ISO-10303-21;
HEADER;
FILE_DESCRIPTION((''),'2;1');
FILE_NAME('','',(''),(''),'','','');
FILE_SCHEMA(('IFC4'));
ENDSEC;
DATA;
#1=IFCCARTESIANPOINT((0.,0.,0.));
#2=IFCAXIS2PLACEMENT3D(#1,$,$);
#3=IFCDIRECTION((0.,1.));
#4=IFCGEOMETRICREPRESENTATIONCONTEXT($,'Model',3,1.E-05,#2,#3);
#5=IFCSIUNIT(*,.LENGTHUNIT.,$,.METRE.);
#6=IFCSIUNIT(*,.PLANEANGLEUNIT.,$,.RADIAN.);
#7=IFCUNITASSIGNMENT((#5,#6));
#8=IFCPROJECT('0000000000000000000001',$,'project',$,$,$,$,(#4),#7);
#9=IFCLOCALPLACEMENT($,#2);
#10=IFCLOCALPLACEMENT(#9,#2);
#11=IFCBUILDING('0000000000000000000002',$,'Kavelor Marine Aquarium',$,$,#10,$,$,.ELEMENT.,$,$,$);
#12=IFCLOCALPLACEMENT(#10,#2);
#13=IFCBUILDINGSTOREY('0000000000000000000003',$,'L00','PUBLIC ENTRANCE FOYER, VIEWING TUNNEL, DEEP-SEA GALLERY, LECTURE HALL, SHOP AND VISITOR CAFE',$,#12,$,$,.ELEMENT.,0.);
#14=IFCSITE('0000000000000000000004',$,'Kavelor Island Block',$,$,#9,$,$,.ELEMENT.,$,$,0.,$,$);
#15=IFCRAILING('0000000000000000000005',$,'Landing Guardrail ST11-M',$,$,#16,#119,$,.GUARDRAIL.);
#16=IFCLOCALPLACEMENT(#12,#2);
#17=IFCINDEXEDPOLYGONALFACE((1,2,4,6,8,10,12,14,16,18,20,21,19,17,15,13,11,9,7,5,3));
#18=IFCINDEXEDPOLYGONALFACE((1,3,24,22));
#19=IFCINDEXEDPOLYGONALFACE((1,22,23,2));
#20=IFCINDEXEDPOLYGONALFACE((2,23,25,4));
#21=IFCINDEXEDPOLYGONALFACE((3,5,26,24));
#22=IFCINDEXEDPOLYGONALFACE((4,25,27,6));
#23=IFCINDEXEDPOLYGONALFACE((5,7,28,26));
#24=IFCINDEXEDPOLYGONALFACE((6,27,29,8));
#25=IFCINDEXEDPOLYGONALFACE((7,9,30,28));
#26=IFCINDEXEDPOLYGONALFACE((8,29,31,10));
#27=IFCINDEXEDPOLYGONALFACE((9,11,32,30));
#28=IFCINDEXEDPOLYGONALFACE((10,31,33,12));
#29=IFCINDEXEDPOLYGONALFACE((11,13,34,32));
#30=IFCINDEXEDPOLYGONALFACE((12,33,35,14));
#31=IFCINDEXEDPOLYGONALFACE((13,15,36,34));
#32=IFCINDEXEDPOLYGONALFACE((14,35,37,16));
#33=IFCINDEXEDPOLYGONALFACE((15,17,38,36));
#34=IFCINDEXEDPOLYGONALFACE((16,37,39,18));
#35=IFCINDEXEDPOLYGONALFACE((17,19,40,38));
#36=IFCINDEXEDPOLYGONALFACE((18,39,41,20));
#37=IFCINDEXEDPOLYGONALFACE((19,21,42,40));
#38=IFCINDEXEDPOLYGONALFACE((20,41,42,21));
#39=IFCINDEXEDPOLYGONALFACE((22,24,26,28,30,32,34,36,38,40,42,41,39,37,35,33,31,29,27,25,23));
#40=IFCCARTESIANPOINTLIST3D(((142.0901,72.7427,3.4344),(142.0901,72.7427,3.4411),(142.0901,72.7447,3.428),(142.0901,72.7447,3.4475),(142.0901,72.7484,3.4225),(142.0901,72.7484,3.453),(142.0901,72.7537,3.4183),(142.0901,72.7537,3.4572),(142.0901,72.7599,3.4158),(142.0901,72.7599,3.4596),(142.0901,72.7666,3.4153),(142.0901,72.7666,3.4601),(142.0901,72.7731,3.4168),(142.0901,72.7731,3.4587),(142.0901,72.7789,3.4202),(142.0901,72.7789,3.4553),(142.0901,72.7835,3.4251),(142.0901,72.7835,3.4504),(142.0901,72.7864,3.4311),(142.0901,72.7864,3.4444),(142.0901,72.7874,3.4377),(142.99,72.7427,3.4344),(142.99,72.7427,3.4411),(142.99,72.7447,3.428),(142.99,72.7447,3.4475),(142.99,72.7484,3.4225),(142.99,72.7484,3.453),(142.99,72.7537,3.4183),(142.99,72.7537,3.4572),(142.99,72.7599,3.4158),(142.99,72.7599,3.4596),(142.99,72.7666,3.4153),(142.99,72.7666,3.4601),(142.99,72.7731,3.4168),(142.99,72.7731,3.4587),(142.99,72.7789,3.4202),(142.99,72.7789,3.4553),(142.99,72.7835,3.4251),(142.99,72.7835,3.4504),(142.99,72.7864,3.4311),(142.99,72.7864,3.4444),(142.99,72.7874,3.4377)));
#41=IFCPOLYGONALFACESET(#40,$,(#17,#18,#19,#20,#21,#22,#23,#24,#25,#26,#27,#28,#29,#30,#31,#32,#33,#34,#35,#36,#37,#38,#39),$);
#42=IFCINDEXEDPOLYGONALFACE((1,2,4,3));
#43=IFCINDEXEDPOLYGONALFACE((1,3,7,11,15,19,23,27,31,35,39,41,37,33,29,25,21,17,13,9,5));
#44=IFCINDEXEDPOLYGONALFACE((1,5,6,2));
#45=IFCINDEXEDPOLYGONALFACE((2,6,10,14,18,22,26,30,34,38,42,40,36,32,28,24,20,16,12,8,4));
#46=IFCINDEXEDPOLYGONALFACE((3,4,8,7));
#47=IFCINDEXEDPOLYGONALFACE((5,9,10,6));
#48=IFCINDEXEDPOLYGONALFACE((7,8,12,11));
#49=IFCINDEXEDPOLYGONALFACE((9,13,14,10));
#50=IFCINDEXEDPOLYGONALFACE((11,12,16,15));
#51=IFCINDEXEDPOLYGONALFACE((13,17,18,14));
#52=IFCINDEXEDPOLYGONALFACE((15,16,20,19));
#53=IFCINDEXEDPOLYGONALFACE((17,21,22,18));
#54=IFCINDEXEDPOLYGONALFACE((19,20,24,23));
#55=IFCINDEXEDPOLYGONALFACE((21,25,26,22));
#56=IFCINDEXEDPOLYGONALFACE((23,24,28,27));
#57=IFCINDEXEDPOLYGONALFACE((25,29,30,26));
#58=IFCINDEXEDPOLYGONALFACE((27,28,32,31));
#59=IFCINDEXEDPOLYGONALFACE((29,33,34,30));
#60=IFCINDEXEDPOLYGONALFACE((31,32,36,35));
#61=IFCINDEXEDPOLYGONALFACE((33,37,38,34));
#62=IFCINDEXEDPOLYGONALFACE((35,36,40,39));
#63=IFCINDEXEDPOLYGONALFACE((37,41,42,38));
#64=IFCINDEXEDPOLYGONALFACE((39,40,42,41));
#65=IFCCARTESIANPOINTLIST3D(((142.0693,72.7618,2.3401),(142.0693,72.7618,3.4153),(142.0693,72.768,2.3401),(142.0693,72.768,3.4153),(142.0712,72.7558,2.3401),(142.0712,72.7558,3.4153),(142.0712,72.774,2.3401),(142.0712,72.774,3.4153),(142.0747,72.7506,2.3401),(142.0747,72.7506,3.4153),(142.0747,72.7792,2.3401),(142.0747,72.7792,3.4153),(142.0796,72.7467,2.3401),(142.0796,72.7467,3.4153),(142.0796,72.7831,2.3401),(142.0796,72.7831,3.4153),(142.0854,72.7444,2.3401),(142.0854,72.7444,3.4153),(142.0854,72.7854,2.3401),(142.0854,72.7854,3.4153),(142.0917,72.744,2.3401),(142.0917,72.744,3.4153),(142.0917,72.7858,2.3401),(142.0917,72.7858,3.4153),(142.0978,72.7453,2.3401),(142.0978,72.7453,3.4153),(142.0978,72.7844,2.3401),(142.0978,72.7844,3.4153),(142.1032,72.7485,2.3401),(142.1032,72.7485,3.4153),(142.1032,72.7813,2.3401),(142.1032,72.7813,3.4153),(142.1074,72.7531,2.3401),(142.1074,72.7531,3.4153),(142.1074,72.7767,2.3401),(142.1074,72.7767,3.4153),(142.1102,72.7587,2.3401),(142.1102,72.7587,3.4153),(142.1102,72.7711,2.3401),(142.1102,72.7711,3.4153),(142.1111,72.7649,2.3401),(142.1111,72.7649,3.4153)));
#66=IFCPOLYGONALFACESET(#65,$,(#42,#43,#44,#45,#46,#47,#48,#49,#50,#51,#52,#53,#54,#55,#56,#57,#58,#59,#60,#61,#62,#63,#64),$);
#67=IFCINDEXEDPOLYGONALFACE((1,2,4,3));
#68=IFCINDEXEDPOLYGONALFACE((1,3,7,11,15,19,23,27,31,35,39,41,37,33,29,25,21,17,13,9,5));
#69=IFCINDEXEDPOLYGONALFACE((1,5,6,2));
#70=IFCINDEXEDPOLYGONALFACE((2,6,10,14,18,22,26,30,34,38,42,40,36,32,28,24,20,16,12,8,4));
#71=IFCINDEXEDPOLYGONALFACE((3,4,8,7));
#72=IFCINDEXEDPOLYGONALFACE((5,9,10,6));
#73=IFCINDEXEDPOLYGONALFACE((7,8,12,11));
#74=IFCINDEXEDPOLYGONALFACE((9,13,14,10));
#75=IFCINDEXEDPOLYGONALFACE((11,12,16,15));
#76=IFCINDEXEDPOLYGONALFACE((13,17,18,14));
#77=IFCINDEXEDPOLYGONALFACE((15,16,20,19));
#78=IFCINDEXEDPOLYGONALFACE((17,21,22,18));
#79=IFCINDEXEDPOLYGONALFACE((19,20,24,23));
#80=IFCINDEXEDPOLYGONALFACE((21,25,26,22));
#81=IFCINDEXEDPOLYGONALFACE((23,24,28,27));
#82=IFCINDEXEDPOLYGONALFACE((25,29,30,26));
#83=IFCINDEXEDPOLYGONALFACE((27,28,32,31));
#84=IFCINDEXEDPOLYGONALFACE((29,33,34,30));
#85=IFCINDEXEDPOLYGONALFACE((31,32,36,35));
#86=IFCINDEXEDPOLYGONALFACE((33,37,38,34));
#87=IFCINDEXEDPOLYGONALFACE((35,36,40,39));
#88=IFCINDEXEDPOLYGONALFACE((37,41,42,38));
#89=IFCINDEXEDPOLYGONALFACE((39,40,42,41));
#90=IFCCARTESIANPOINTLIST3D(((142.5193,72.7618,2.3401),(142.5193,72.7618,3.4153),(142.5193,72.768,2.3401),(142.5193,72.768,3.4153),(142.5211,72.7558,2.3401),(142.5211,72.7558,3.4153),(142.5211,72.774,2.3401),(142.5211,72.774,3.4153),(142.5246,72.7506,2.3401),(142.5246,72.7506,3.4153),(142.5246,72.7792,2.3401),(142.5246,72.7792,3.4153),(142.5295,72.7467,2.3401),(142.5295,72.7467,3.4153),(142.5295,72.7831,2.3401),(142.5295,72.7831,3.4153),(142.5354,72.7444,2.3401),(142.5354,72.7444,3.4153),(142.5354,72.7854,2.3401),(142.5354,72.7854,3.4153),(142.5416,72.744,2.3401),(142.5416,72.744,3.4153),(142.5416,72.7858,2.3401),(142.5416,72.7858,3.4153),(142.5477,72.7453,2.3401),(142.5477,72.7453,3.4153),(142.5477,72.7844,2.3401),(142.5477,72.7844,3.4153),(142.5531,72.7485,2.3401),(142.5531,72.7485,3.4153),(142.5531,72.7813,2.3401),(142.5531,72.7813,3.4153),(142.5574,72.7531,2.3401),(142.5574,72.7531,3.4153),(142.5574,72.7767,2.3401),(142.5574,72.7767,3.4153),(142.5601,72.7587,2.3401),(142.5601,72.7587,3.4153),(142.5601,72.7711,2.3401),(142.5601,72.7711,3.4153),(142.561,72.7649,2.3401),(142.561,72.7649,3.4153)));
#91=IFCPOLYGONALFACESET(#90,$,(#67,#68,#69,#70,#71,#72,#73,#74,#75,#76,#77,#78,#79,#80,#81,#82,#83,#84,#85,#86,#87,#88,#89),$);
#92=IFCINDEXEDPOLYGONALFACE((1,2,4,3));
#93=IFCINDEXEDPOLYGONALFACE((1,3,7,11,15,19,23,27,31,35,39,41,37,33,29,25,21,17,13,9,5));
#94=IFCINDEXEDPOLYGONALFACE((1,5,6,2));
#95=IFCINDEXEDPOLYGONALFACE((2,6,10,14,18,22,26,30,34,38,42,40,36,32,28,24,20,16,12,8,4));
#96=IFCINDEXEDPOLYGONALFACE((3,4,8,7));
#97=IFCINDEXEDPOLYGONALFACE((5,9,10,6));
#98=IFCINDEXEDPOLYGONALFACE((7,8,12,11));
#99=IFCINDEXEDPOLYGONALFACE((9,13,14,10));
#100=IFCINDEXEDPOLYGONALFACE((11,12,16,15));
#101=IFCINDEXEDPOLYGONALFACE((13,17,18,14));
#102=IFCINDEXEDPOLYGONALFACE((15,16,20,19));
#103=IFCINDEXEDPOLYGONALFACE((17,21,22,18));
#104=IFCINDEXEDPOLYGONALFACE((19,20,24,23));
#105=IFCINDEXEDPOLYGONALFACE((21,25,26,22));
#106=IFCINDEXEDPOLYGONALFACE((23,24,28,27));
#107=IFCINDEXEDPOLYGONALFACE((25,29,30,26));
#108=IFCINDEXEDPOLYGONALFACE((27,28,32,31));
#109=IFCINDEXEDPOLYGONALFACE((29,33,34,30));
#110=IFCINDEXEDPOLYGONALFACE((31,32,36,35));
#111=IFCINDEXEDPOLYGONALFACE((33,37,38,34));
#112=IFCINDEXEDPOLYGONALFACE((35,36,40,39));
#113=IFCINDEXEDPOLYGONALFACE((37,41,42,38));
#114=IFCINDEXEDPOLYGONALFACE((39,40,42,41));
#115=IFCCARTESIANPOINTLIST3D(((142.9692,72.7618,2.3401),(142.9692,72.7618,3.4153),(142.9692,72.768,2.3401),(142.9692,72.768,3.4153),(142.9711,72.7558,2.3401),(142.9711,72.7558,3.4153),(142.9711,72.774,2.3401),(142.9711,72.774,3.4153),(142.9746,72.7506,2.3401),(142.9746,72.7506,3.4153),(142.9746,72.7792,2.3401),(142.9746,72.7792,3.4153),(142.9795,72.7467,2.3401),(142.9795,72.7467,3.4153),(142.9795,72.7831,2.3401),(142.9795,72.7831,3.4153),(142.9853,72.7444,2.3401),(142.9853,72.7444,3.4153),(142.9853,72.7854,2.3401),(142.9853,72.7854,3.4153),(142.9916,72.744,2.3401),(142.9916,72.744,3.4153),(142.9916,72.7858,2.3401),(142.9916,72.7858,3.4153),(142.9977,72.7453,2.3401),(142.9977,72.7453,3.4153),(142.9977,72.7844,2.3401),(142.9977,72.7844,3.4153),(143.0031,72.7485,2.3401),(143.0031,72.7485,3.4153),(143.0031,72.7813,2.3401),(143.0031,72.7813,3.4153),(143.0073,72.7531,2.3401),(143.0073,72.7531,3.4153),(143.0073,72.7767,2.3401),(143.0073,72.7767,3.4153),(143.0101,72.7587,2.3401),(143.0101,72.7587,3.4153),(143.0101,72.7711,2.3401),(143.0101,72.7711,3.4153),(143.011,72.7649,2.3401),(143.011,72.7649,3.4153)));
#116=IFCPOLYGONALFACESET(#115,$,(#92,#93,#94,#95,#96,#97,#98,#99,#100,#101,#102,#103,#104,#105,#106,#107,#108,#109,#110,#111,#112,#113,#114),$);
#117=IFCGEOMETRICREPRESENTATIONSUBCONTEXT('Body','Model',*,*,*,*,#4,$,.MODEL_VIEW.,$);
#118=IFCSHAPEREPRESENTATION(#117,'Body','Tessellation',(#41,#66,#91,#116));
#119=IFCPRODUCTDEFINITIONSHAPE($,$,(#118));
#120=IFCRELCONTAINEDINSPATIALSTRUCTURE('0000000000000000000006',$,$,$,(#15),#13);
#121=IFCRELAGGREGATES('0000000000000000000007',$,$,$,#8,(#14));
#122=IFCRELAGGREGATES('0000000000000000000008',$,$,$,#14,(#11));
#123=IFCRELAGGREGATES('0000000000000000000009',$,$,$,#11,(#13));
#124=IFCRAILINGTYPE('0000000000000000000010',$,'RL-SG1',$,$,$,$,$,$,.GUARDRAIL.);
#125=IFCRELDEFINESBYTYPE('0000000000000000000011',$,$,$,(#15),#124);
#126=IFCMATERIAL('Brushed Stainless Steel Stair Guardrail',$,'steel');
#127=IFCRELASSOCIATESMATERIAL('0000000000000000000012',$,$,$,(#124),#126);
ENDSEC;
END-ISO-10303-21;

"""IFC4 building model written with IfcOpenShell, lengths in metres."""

from ifc_helpers import new_model, si_unit, direction, frame, origin, origin_2d, place, context, subcontext, project, spatial, circle, extrude, material, type_object, element, save


model = new_model("IFC4")

# Units and contexts
model_context = context("Model", 3, precision=1e-05, world=origin(), true_north=direction((0.0, 1.0)))
body_context = subcontext(model_context, "Body", "Model", "MODEL_VIEW")
ifc_project = project(units=[si_unit("LENGTHUNIT", "METRE"), si_unit("PLANEANGLEUNIT", "RADIAN")], contexts=[model_context])

# Site, building, storey
site_placement = place(None, origin())
site = spatial("IfcSite", under=ifc_project, at=site_placement, Name="Kavelor Island Block", CompositionType="ELEMENT", RefElevation=0.0)
building_placement = place(site_placement, origin())
building = spatial("IfcBuilding", under=site, at=building_placement, Name="Kavelor Marine Aquarium", CompositionType="ELEMENT")
storey_placement = place(building_placement, origin())
storey = spatial("IfcBuildingStorey", under=building, at=storey_placement, Name="L00", Description="PUBLIC ENTRANCE FOYER, VIEWING TUNNEL, DEEP-SEA GALLERY, LECTURE HALL, SHOP AND VISITOR CAFE", CompositionType="ELEMENT", Elevation=0.0)

# Railing
ifc_material_1 = material(Name="Brushed Stainless Steel Stair Guardrail", Category="steel")
railing_type_1 = type_object("IfcRailingType", Name="RL-SG1", PredefinedType="GUARDRAIL", material=ifc_material_1)
railing_1_placement = place(storey_placement, frame((142.0901, 72.7649, 2.3401)))
element("IfcRailing", 1, at=railing_1_placement, inside=storey, type_object=railing_type_1, Name="Landing Guardrail ST11-M", PredefinedType="GUARDRAIL", context=body_context, shape_type="SweptSolid", body=[
    extrude(circle(Radius=0.0225, at=origin_2d()), frame((0.0, 0.0, 1.0977), z_axis=(1.0, 0.0, 0.0), x_axis=(0.0, 1.0, 0.0)), (0.0, 0.0, 1.0), 0.8999),
    extrude(circle(Radius=0.021, at=origin_2d()), origin(), (0.0, 0.0, 1.0), 1.0752),
    extrude(circle(Radius=0.021, at=origin_2d()), frame((0.45, 0.0, 0.0)), (0.0, 0.0, 1.0), 1.0752),
    extrude(circle(Radius=0.021, at=origin_2d()), frame((0.8999, 0.0, 0.0)), (0.0, 0.0, 1.0), 1.0752),
])

save(model, "model.ifc")
